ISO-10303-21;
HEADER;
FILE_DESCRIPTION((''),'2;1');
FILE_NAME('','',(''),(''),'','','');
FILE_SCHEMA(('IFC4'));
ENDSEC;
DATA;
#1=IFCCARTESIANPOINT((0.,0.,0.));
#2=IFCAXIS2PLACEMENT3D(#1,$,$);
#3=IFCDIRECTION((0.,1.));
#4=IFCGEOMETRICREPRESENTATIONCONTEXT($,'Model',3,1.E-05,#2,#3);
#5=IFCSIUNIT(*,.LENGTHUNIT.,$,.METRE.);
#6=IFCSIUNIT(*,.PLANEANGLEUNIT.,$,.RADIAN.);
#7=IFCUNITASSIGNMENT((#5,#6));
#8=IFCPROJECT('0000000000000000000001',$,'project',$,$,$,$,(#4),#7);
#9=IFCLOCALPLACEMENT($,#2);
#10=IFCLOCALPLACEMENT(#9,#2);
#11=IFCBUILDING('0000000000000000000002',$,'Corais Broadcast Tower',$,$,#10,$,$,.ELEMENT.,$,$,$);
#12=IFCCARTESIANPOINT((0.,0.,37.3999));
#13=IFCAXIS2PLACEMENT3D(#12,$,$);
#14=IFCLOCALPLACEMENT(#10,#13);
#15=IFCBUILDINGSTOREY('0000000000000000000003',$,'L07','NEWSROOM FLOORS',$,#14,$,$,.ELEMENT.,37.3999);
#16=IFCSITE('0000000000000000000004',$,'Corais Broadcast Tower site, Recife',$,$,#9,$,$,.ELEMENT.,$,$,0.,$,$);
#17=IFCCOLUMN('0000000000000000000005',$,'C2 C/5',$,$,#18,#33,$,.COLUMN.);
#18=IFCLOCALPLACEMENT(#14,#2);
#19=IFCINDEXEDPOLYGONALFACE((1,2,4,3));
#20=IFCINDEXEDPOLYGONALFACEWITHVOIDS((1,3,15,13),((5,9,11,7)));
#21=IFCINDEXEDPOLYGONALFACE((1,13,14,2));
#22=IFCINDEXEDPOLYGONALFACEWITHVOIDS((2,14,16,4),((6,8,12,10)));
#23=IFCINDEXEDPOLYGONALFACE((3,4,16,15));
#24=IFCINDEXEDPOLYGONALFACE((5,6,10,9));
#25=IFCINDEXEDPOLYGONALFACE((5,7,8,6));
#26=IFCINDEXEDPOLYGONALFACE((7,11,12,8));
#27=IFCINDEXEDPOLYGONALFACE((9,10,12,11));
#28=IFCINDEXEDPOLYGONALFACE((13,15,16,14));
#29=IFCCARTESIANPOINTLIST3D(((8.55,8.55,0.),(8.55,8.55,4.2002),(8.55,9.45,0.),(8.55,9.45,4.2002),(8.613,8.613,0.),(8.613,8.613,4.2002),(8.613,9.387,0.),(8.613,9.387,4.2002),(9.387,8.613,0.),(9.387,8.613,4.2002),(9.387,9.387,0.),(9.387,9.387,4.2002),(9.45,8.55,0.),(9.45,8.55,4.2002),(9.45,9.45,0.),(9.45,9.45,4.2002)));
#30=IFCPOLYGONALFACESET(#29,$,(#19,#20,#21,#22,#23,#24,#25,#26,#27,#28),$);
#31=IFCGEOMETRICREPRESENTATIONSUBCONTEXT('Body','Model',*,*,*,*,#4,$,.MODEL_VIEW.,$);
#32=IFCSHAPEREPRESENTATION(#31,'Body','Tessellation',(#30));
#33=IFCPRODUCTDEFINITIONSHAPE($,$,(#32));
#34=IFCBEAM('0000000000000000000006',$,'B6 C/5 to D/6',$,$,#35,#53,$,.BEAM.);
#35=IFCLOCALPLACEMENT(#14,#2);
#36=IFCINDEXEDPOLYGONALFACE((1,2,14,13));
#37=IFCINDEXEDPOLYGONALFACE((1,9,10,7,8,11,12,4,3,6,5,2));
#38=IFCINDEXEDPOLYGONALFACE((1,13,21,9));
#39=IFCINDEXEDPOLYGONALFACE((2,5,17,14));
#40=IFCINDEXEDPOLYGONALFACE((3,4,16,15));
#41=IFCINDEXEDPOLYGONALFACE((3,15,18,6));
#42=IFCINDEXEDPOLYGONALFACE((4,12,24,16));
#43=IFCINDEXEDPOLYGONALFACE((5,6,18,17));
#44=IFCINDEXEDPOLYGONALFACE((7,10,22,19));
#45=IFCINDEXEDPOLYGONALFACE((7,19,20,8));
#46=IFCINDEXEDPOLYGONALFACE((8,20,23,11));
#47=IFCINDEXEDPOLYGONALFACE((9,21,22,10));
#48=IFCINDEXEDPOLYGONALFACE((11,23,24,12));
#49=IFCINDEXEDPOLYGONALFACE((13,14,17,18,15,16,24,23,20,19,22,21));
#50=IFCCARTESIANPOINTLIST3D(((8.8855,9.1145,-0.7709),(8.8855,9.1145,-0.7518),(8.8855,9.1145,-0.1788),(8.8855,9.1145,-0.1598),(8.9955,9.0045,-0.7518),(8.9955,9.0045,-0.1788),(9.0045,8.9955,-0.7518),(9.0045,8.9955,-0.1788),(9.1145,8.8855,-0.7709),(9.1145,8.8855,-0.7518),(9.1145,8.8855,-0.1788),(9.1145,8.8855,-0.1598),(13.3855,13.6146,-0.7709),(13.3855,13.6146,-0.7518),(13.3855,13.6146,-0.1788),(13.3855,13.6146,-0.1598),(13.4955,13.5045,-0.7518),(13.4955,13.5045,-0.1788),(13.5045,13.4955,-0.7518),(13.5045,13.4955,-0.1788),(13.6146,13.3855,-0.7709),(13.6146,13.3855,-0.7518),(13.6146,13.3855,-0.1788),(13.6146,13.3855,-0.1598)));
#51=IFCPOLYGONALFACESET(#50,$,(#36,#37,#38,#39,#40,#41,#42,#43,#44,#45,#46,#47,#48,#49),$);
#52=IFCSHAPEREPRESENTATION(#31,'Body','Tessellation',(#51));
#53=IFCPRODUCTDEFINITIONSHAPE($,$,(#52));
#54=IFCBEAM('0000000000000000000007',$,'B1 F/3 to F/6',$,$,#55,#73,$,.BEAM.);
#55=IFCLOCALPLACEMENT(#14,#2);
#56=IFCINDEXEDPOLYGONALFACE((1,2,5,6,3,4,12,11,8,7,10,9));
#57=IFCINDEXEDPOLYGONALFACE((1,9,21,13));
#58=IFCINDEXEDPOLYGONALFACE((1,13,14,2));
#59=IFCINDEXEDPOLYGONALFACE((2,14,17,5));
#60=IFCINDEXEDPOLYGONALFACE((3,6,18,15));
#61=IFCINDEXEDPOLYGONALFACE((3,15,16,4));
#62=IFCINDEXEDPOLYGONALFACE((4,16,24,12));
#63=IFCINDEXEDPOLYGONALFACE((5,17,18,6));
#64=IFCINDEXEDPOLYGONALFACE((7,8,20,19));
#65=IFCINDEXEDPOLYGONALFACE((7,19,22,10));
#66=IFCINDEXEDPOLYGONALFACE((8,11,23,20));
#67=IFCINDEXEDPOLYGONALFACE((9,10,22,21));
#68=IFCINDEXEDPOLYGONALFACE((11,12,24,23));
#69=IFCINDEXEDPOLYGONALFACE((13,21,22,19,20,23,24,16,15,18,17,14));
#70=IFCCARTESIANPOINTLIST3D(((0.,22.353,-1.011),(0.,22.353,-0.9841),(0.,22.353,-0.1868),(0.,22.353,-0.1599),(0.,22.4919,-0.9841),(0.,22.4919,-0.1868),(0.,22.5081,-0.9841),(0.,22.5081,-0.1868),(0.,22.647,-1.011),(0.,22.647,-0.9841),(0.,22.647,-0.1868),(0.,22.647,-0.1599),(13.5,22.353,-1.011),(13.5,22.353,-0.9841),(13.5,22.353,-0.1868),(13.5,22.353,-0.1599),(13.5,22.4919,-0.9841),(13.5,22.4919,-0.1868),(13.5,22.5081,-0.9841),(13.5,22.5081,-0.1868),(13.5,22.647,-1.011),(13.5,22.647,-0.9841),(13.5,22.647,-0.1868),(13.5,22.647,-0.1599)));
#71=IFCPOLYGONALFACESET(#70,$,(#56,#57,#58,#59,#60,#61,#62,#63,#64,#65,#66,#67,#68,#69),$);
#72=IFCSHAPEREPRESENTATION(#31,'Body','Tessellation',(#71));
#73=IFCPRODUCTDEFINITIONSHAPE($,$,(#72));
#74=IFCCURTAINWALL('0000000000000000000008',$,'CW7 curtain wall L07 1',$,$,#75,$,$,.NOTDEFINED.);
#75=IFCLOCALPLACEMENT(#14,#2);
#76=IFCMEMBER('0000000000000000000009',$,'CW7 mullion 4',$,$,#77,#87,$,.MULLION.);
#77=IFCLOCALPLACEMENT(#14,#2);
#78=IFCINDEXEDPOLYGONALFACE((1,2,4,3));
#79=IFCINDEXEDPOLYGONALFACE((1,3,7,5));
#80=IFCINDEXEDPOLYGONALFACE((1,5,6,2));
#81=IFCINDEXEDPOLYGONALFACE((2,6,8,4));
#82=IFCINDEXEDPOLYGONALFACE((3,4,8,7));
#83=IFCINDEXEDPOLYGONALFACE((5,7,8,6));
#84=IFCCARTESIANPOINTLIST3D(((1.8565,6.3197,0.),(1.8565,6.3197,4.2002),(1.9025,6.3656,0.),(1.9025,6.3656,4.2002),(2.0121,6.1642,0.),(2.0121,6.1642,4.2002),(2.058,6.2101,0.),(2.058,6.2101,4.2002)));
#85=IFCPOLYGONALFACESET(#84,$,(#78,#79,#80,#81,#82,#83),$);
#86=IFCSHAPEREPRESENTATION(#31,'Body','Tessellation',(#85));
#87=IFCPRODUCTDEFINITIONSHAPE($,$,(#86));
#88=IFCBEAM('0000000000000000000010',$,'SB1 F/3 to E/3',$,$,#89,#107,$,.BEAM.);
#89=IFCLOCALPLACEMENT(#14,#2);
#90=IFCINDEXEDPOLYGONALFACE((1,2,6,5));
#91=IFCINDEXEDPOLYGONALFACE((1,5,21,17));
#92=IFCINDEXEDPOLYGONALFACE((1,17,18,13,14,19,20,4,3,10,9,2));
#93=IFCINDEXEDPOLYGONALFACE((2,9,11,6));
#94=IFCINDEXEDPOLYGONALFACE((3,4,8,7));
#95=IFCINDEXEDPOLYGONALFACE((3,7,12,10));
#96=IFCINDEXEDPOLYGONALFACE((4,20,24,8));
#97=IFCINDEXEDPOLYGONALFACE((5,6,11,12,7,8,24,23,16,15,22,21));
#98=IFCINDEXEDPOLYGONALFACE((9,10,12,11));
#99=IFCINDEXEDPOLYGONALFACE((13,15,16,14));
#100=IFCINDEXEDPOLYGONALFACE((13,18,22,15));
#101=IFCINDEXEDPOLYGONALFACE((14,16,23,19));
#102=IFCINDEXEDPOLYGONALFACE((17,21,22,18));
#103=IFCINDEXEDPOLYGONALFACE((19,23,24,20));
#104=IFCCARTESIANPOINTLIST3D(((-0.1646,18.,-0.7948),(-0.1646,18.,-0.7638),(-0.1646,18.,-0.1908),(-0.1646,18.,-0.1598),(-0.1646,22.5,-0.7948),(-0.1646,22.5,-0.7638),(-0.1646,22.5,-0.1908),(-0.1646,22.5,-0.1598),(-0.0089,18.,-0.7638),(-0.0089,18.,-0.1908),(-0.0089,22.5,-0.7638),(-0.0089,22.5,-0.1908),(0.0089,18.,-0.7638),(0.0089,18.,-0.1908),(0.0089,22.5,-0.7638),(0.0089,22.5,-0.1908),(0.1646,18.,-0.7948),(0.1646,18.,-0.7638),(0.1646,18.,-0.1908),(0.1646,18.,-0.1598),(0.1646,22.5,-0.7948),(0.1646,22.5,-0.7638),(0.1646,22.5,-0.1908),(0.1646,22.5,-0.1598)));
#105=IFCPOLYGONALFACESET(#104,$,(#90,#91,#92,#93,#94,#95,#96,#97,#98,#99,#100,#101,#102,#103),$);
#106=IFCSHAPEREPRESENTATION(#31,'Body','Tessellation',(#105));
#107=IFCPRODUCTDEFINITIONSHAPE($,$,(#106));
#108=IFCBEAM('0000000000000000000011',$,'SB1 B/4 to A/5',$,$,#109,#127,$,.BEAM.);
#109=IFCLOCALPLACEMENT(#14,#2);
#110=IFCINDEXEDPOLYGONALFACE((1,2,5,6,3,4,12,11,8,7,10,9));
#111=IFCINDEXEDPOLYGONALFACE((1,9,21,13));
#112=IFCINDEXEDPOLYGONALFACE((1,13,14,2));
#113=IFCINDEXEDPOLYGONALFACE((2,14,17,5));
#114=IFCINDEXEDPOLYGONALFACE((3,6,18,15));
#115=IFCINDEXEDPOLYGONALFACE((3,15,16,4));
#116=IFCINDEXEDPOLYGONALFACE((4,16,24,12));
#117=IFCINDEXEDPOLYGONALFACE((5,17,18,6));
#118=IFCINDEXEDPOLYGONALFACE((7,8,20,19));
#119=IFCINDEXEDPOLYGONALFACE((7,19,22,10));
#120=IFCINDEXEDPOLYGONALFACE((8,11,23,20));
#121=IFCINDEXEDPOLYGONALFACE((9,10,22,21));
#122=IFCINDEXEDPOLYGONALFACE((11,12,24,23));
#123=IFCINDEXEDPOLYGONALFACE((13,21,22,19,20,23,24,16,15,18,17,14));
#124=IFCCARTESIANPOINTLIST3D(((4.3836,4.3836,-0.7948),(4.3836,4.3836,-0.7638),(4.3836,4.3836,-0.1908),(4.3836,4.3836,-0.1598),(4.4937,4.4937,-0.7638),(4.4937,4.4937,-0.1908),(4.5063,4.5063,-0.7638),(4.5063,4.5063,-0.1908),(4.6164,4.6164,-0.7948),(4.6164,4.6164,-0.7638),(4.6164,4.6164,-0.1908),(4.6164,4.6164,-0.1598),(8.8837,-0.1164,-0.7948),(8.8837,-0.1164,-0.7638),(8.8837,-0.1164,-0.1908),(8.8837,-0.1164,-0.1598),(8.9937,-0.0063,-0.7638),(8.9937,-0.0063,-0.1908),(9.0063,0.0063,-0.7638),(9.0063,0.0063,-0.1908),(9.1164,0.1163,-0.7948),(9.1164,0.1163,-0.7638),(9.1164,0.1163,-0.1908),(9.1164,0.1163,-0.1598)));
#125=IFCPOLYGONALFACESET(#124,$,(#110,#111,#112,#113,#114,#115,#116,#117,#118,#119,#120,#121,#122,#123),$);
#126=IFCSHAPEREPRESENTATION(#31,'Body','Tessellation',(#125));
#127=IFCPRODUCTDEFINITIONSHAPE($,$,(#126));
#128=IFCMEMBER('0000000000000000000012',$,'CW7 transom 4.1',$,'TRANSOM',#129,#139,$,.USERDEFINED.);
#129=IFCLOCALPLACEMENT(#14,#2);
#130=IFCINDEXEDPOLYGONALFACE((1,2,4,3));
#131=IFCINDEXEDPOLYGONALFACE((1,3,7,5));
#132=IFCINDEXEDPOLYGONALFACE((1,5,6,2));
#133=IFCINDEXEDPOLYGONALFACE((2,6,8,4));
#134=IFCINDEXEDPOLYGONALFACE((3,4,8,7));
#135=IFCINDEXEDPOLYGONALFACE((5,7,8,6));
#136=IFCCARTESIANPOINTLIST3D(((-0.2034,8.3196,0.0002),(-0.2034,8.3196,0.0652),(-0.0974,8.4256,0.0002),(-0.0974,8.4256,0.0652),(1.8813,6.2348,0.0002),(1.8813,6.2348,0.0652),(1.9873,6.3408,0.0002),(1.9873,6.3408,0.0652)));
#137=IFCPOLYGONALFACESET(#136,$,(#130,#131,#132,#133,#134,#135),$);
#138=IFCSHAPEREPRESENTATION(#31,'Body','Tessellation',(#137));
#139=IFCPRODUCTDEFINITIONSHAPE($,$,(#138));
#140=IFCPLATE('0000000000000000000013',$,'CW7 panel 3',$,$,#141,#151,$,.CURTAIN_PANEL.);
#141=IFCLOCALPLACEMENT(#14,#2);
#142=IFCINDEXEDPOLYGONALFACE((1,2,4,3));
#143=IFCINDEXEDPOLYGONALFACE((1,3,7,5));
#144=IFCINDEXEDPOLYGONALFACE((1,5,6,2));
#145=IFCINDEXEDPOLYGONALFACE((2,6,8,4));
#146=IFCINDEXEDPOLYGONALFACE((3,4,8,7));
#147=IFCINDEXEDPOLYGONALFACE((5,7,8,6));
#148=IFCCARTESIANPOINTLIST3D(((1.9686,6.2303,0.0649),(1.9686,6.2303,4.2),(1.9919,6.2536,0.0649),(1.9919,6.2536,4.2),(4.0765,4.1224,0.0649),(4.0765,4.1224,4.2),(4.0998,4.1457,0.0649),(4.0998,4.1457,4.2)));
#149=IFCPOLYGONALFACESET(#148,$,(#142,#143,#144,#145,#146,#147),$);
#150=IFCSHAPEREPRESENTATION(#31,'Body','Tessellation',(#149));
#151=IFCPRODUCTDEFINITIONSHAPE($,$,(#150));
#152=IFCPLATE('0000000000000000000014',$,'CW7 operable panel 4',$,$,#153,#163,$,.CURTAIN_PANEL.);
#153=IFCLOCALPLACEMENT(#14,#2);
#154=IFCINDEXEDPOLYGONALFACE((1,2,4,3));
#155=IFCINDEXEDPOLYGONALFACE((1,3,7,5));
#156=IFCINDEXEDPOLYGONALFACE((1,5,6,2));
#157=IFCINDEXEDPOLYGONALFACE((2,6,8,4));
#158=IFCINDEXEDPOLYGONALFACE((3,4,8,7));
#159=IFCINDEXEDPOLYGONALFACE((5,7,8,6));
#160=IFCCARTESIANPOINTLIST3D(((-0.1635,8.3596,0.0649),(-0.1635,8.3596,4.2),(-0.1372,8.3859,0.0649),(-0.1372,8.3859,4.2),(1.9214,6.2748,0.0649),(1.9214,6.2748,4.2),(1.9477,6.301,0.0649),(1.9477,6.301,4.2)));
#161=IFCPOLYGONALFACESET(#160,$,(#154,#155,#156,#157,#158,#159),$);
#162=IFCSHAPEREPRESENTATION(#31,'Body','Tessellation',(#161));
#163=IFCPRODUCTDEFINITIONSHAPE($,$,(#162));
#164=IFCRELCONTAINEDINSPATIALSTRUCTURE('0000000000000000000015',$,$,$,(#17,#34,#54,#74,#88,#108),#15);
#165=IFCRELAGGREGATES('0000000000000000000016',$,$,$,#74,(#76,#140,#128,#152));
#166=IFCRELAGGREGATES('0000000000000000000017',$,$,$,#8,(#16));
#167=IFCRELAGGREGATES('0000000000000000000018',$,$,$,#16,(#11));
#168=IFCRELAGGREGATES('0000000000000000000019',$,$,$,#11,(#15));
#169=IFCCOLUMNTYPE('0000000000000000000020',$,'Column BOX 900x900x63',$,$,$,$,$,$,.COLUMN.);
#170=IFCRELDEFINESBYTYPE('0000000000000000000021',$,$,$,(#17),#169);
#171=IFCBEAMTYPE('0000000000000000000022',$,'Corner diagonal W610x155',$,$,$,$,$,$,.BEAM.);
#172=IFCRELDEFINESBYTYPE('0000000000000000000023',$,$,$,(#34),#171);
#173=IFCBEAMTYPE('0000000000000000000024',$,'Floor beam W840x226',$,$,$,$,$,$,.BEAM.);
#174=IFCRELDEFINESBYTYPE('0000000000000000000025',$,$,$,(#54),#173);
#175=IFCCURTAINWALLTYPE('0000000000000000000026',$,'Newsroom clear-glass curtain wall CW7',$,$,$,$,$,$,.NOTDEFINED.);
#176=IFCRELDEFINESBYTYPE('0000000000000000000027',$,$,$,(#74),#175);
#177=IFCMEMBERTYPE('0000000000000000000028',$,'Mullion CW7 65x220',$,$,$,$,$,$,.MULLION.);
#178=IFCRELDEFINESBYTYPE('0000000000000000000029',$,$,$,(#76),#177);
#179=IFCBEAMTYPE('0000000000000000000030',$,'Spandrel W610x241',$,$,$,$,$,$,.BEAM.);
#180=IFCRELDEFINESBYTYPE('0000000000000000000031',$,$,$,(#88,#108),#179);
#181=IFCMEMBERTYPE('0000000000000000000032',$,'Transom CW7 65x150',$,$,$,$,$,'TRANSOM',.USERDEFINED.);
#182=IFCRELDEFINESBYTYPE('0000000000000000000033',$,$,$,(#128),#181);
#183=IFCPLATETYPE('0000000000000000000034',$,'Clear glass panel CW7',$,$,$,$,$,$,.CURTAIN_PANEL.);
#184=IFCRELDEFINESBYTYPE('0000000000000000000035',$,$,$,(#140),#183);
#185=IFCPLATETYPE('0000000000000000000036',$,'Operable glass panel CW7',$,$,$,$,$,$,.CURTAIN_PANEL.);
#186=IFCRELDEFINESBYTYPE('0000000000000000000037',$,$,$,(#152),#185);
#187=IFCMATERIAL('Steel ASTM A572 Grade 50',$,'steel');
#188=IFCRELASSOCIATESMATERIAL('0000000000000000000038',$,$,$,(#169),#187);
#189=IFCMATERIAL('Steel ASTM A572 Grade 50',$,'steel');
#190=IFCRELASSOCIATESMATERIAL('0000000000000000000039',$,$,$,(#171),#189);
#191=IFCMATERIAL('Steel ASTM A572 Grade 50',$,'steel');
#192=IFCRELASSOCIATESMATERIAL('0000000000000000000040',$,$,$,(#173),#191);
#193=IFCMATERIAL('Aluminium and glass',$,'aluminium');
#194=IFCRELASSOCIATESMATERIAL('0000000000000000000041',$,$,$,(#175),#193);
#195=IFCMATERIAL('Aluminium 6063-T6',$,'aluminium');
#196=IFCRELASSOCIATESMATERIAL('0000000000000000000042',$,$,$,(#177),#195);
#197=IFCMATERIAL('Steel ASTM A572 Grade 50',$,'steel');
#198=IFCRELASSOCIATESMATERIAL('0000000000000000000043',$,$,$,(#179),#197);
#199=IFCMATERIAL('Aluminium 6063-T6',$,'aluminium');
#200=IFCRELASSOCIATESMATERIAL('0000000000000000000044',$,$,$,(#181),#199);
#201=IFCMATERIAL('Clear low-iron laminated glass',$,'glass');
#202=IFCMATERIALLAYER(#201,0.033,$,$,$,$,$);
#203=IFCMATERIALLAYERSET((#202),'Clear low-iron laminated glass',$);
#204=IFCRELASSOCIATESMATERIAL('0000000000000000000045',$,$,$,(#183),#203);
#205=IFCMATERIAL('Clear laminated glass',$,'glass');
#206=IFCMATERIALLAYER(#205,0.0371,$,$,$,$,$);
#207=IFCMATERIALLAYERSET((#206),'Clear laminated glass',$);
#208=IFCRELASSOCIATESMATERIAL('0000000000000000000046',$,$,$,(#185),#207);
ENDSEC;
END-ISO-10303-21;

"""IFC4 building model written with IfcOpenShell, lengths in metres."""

from ifc_helpers import new_model, si_unit, direction, frame, origin, origin_2d, place, context, subcontext, project, spatial, rectangle, hollow_rectangle, i_section, extrude, material, layer, layer_set, material_profile, profile_set, type_object, element, aggregate, save


model = new_model("IFC4")

# Units and contexts
model_context = context("Model", 3, precision=1e-05, world=origin(), true_north=direction((0.0, 1.0)))
body_context = subcontext(model_context, "Body", "Model", "MODEL_VIEW")
ifc_project = project(units=[si_unit("LENGTHUNIT", "METRE"), si_unit("PLANEANGLEUNIT", "RADIAN")], contexts=[model_context])

# Site, building, storey
site_placement = place(None, origin())
site = spatial("IfcSite", under=ifc_project, at=site_placement, Name="Corais Broadcast Tower site, Recife", CompositionType="ELEMENT", RefElevation=0.0)
building_placement = place(site_placement, origin())
building = spatial("IfcBuilding", under=site, at=building_placement, Name="Corais Broadcast Tower", CompositionType="ELEMENT")
storey_placement = place(building_placement, frame((0.0, 0.0, 37.3999)))
storey = spatial("IfcBuildingStorey", under=building, at=storey_placement, Name="L07", Description="NEWSROOM FLOORS", CompositionType="ELEMENT", Elevation=37.3999)

# Column
ifc_material_1 = material(Name="Steel ASTM A572 Grade 50", Category="steel")
ifc_material_profile_1 = material_profile(ifc_material_1, hollow_rectangle(XDim=0.8999, YDim=0.8999, WallThickness=0.063, at=origin_2d()), Name="BOX 900x900x63")
ifc_profile_set_1 = profile_set([ifc_material_profile_1], Name="Steel ASTM A572 Grade 50")
column_type = type_object("IfcColumnType", Name="Column BOX 900x900x63", PredefinedType="COLUMN", material=ifc_profile_set_1)
column_placement = place(storey_placement, frame((9.0, 9.0, 0.0), z_axis=(0.0, 0.0, 1.0), x_axis=(1.0, 0.0, 0.0)))
element("IfcColumn", 1, at=column_placement, inside=storey, type_object=column_type, Name="C2 C/5", PredefinedType="COLUMN", context=body_context, shape_type="SweptSolid", body=[
    extrude(hollow_rectangle(XDim=0.8999, YDim=0.8999, WallThickness=0.063, at=origin_2d()), origin(), (0.0, 0.0, 1.0), 4.2002),
])

# Beams
ifc_material_2 = material(Name="Steel ASTM A572 Grade 50", Category="steel")
ifc_material_profile_2 = material_profile(ifc_material_2, i_section(OverallWidth=0.324, OverallDepth=0.6111, WebThickness=0.0127, FlangeThickness=0.019, at=origin_2d()), Name="W610x155")
ifc_profile_set_2 = profile_set([ifc_material_profile_2], Name="Steel ASTM A572 Grade 50")
beam_type_1 = type_object("IfcBeamType", Name="Corner diagonal W610x155", PredefinedType="BEAM", material=ifc_profile_set_2)
beam_1_placement = place(storey_placement, frame((9.0, 9.0, -0.4653), z_axis=(0.707107, 0.707107, 0.0), x_axis=(-0.707107, 0.707107, 0.0)))
element("IfcBeam", 2, at=beam_1_placement, inside=storey, type_object=beam_type_1, Name="B6 C/5 to D/6", PredefinedType="BEAM", context=body_context, shape_type="SweptSolid", body=[
    extrude(i_section(OverallWidth=0.324, OverallDepth=0.6111, WebThickness=0.0127, FlangeThickness=0.019, at=origin_2d()), origin(), (0.0, 0.0, 1.0), 6.364),
])
ifc_material_3 = material(Name="Steel ASTM A572 Grade 50", Category="steel")
ifc_material_profile_3 = material_profile(ifc_material_3, i_section(OverallWidth=0.2939, OverallDepth=0.8511, WebThickness=0.0161, FlangeThickness=0.0269, at=origin_2d()), Name="W840x226")
ifc_profile_set_3 = profile_set([ifc_material_profile_3], Name="Steel ASTM A572 Grade 50")
beam_type_2 = type_object("IfcBeamType", Name="Floor beam W840x226", PredefinedType="BEAM", material=ifc_profile_set_3)
beam_2_placement = place(storey_placement, frame((0.0, 22.5, -0.5854), z_axis=(1.0, 0.0, 0.0), x_axis=(0.0, 1.0, 0.0)))
element("IfcBeam", 3, at=beam_2_placement, inside=storey, type_object=beam_type_2, Name="B1 F/3 to F/6", PredefinedType="BEAM", context=body_context, shape_type="SweptSolid", body=[
    extrude(i_section(OverallWidth=0.2939, OverallDepth=0.8511, WebThickness=0.0161, FlangeThickness=0.0269, at=origin_2d()), origin(), (0.0, 0.0, 1.0), 13.5),
])

# Curtain wall, member
ifc_material_4 = material(Name="Aluminium and glass", Category="aluminium")
curtain_wall_type = type_object("IfcCurtainWallType", Name="Newsroom clear-glass curtain wall CW7", PredefinedType="NOTDEFINED", material=ifc_material_4)
curtain_wall_placement = place(storey_placement, origin())
curtain_wall = element("IfcCurtainWall", 4, at=curtain_wall_placement, inside=storey, type_object=curtain_wall_type, Name="CW7 curtain wall L07 1", PredefinedType="NOTDEFINED")
ifc_material_5 = material(Name="Aluminium 6063-T6", Category="aluminium")
ifc_material_profile_4 = material_profile(ifc_material_5, rectangle(XDim=0.0649, YDim=0.22, at=origin_2d()), Name="Mullion CW7 65x220")
ifc_profile_set_4 = profile_set([ifc_material_profile_4], Name="Aluminium 6063-T6")
member_type_1 = type_object("IfcMemberType", Name="Mullion CW7 65x220", PredefinedType="MULLION", material=ifc_profile_set_4)
member_1_placement = place(storey_placement, frame((1.9573, 6.2649, 0.0), z_axis=(0.0, 0.0, 1.0), x_axis=(-0.707107, -0.707107, 0.0)))
member_1 = element("IfcMember", 5, at=member_1_placement, type_object=member_type_1, Name="CW7 mullion 4", PredefinedType="MULLION", context=body_context, shape_type="SweptSolid", body=[
    extrude(rectangle(XDim=0.0649, YDim=0.22, at=origin_2d()), origin(), (0.0, 0.0, 1.0), 4.2002),
])

# Beams
ifc_material_6 = material(Name="Steel ASTM A572 Grade 50", Category="steel")
ifc_material_profile_5 = material_profile(ifc_material_6, i_section(OverallWidth=0.3291, OverallDepth=0.635, WebThickness=0.0178, FlangeThickness=0.031, at=origin_2d()), Name="W610x241")
ifc_profile_set_5 = profile_set([ifc_material_profile_5], Name="Steel ASTM A572 Grade 50")
beam_type_3 = type_object("IfcBeamType", Name="Spandrel W610x241", PredefinedType="BEAM", material=ifc_profile_set_5)
beam_3_placement = place(storey_placement, frame((0.0, 22.5, -0.4773), z_axis=(0.0, -1.0, 0.0), x_axis=(1.0, 0.0, 0.0)))
element("IfcBeam", 6, at=beam_3_placement, inside=storey, type_object=beam_type_3, Name="SB1 F/3 to E/3", PredefinedType="BEAM", context=body_context, shape_type="SweptSolid", body=[
    extrude(i_section(OverallWidth=0.3291, OverallDepth=0.635, WebThickness=0.0178, FlangeThickness=0.031, at=origin_2d()), origin(), (0.0, 0.0, 1.0), 4.5),
])
beam_4_placement = place(storey_placement, frame((4.5, 4.5, -0.4773), z_axis=(0.707107, -0.707107, 0.0), x_axis=(0.707107, 0.707107, 0.0)))
element("IfcBeam", 7, at=beam_4_placement, inside=storey, type_object=beam_type_3, Name="SB1 B/4 to A/5", PredefinedType="BEAM", context=body_context, shape_type="SweptSolid", body=[
    extrude(i_section(OverallWidth=0.3291, OverallDepth=0.635, WebThickness=0.0178, FlangeThickness=0.031, at=origin_2d()), origin(), (0.0, 0.0, 1.0), 6.364),
])

# Member
ifc_material_7 = material(Name="Aluminium 6063-T6", Category="aluminium")
ifc_material_profile_6 = material_profile(ifc_material_7, rectangle(XDim=0.1499, YDim=0.0649, at=origin_2d()), Name="Transom CW7 65x150")
ifc_profile_set_6 = profile_set([ifc_material_profile_6], Name="Aluminium 6063-T6")
member_type_2 = type_object("IfcMemberType", Name="Transom CW7 65x150", ElementType="TRANSOM", PredefinedType="USERDEFINED", material=ifc_profile_set_6)
member_2_placement = place(storey_placement, frame((1.9343, 6.2878, 0.0327), z_axis=(-0.707107, 0.707107, 0.0), x_axis=(-0.707107, -0.707107, 0.0)))
member_2 = element("IfcMember", 8, at=member_2_placement, type_object=member_type_2, Name="CW7 transom 4.1", ObjectType="TRANSOM", PredefinedType="USERDEFINED", context=body_context, shape_type="SweptSolid", body=[
    extrude(rectangle(XDim=0.1499, YDim=0.0649, at=origin_2d()), origin(), (0.0, 0.0, 1.0), 2.9482),
])

# Plates
ifc_material_8 = material(Name="Clear low-iron laminated glass", Category="glass")
ifc_layer_1 = layer(ifc_material_8, 0.033)
ifc_layer_set_1 = layer_set([ifc_layer_1], Name="Clear low-iron laminated glass")
plate_type_1 = type_object("IfcPlateType", Name="Clear glass panel CW7", PredefinedType="CURTAIN_PANEL", material=ifc_layer_set_1)
plate_1_placement = place(storey_placement, frame((3.0342, 5.188, 0.0649), z_axis=(0.0, 0.0, 1.0), x_axis=(-0.707107, 0.707107, 0.0)))
plate_1 = element("IfcPlate", 9, at=plate_1_placement, type_object=plate_type_1, Name="CW7 panel 3", PredefinedType="CURTAIN_PANEL", context=body_context, shape_type="SweptSolid", body=[
    extrude(rectangle(XDim=2.981, YDim=0.033, at=origin_2d()), origin(), (0.0, 0.0, 1.0), 4.135),
])
ifc_material_9 = material(Name="Clear laminated glass", Category="glass")
ifc_layer_2 = layer(ifc_material_9, 0.0371)
ifc_layer_set_2 = layer_set([ifc_layer_2], Name="Clear laminated glass")
plate_type_2 = type_object("IfcPlateType", Name="Operable glass panel CW7", PredefinedType="CURTAIN_PANEL", material=ifc_layer_set_2)
plate_2_placement = place(storey_placement, frame((0.8921, 7.3303, 0.0649), z_axis=(0.0, 0.0, 1.0), x_axis=(-0.707107, 0.707107, 0.0)))
plate_2 = element("IfcPlate", 10, at=plate_2_placement, type_object=plate_type_2, Name="CW7 operable panel 4", PredefinedType="CURTAIN_PANEL", context=body_context, shape_type="SweptSolid", body=[
    extrude(rectangle(XDim=2.9485, YDim=0.0371, at=origin_2d()), origin(), (0.0, 0.0, 1.0), 4.135),
])
aggregate(curtain_wall, [member_1, plate_1, member_2, plate_2])

save(model, "model.ifc")
